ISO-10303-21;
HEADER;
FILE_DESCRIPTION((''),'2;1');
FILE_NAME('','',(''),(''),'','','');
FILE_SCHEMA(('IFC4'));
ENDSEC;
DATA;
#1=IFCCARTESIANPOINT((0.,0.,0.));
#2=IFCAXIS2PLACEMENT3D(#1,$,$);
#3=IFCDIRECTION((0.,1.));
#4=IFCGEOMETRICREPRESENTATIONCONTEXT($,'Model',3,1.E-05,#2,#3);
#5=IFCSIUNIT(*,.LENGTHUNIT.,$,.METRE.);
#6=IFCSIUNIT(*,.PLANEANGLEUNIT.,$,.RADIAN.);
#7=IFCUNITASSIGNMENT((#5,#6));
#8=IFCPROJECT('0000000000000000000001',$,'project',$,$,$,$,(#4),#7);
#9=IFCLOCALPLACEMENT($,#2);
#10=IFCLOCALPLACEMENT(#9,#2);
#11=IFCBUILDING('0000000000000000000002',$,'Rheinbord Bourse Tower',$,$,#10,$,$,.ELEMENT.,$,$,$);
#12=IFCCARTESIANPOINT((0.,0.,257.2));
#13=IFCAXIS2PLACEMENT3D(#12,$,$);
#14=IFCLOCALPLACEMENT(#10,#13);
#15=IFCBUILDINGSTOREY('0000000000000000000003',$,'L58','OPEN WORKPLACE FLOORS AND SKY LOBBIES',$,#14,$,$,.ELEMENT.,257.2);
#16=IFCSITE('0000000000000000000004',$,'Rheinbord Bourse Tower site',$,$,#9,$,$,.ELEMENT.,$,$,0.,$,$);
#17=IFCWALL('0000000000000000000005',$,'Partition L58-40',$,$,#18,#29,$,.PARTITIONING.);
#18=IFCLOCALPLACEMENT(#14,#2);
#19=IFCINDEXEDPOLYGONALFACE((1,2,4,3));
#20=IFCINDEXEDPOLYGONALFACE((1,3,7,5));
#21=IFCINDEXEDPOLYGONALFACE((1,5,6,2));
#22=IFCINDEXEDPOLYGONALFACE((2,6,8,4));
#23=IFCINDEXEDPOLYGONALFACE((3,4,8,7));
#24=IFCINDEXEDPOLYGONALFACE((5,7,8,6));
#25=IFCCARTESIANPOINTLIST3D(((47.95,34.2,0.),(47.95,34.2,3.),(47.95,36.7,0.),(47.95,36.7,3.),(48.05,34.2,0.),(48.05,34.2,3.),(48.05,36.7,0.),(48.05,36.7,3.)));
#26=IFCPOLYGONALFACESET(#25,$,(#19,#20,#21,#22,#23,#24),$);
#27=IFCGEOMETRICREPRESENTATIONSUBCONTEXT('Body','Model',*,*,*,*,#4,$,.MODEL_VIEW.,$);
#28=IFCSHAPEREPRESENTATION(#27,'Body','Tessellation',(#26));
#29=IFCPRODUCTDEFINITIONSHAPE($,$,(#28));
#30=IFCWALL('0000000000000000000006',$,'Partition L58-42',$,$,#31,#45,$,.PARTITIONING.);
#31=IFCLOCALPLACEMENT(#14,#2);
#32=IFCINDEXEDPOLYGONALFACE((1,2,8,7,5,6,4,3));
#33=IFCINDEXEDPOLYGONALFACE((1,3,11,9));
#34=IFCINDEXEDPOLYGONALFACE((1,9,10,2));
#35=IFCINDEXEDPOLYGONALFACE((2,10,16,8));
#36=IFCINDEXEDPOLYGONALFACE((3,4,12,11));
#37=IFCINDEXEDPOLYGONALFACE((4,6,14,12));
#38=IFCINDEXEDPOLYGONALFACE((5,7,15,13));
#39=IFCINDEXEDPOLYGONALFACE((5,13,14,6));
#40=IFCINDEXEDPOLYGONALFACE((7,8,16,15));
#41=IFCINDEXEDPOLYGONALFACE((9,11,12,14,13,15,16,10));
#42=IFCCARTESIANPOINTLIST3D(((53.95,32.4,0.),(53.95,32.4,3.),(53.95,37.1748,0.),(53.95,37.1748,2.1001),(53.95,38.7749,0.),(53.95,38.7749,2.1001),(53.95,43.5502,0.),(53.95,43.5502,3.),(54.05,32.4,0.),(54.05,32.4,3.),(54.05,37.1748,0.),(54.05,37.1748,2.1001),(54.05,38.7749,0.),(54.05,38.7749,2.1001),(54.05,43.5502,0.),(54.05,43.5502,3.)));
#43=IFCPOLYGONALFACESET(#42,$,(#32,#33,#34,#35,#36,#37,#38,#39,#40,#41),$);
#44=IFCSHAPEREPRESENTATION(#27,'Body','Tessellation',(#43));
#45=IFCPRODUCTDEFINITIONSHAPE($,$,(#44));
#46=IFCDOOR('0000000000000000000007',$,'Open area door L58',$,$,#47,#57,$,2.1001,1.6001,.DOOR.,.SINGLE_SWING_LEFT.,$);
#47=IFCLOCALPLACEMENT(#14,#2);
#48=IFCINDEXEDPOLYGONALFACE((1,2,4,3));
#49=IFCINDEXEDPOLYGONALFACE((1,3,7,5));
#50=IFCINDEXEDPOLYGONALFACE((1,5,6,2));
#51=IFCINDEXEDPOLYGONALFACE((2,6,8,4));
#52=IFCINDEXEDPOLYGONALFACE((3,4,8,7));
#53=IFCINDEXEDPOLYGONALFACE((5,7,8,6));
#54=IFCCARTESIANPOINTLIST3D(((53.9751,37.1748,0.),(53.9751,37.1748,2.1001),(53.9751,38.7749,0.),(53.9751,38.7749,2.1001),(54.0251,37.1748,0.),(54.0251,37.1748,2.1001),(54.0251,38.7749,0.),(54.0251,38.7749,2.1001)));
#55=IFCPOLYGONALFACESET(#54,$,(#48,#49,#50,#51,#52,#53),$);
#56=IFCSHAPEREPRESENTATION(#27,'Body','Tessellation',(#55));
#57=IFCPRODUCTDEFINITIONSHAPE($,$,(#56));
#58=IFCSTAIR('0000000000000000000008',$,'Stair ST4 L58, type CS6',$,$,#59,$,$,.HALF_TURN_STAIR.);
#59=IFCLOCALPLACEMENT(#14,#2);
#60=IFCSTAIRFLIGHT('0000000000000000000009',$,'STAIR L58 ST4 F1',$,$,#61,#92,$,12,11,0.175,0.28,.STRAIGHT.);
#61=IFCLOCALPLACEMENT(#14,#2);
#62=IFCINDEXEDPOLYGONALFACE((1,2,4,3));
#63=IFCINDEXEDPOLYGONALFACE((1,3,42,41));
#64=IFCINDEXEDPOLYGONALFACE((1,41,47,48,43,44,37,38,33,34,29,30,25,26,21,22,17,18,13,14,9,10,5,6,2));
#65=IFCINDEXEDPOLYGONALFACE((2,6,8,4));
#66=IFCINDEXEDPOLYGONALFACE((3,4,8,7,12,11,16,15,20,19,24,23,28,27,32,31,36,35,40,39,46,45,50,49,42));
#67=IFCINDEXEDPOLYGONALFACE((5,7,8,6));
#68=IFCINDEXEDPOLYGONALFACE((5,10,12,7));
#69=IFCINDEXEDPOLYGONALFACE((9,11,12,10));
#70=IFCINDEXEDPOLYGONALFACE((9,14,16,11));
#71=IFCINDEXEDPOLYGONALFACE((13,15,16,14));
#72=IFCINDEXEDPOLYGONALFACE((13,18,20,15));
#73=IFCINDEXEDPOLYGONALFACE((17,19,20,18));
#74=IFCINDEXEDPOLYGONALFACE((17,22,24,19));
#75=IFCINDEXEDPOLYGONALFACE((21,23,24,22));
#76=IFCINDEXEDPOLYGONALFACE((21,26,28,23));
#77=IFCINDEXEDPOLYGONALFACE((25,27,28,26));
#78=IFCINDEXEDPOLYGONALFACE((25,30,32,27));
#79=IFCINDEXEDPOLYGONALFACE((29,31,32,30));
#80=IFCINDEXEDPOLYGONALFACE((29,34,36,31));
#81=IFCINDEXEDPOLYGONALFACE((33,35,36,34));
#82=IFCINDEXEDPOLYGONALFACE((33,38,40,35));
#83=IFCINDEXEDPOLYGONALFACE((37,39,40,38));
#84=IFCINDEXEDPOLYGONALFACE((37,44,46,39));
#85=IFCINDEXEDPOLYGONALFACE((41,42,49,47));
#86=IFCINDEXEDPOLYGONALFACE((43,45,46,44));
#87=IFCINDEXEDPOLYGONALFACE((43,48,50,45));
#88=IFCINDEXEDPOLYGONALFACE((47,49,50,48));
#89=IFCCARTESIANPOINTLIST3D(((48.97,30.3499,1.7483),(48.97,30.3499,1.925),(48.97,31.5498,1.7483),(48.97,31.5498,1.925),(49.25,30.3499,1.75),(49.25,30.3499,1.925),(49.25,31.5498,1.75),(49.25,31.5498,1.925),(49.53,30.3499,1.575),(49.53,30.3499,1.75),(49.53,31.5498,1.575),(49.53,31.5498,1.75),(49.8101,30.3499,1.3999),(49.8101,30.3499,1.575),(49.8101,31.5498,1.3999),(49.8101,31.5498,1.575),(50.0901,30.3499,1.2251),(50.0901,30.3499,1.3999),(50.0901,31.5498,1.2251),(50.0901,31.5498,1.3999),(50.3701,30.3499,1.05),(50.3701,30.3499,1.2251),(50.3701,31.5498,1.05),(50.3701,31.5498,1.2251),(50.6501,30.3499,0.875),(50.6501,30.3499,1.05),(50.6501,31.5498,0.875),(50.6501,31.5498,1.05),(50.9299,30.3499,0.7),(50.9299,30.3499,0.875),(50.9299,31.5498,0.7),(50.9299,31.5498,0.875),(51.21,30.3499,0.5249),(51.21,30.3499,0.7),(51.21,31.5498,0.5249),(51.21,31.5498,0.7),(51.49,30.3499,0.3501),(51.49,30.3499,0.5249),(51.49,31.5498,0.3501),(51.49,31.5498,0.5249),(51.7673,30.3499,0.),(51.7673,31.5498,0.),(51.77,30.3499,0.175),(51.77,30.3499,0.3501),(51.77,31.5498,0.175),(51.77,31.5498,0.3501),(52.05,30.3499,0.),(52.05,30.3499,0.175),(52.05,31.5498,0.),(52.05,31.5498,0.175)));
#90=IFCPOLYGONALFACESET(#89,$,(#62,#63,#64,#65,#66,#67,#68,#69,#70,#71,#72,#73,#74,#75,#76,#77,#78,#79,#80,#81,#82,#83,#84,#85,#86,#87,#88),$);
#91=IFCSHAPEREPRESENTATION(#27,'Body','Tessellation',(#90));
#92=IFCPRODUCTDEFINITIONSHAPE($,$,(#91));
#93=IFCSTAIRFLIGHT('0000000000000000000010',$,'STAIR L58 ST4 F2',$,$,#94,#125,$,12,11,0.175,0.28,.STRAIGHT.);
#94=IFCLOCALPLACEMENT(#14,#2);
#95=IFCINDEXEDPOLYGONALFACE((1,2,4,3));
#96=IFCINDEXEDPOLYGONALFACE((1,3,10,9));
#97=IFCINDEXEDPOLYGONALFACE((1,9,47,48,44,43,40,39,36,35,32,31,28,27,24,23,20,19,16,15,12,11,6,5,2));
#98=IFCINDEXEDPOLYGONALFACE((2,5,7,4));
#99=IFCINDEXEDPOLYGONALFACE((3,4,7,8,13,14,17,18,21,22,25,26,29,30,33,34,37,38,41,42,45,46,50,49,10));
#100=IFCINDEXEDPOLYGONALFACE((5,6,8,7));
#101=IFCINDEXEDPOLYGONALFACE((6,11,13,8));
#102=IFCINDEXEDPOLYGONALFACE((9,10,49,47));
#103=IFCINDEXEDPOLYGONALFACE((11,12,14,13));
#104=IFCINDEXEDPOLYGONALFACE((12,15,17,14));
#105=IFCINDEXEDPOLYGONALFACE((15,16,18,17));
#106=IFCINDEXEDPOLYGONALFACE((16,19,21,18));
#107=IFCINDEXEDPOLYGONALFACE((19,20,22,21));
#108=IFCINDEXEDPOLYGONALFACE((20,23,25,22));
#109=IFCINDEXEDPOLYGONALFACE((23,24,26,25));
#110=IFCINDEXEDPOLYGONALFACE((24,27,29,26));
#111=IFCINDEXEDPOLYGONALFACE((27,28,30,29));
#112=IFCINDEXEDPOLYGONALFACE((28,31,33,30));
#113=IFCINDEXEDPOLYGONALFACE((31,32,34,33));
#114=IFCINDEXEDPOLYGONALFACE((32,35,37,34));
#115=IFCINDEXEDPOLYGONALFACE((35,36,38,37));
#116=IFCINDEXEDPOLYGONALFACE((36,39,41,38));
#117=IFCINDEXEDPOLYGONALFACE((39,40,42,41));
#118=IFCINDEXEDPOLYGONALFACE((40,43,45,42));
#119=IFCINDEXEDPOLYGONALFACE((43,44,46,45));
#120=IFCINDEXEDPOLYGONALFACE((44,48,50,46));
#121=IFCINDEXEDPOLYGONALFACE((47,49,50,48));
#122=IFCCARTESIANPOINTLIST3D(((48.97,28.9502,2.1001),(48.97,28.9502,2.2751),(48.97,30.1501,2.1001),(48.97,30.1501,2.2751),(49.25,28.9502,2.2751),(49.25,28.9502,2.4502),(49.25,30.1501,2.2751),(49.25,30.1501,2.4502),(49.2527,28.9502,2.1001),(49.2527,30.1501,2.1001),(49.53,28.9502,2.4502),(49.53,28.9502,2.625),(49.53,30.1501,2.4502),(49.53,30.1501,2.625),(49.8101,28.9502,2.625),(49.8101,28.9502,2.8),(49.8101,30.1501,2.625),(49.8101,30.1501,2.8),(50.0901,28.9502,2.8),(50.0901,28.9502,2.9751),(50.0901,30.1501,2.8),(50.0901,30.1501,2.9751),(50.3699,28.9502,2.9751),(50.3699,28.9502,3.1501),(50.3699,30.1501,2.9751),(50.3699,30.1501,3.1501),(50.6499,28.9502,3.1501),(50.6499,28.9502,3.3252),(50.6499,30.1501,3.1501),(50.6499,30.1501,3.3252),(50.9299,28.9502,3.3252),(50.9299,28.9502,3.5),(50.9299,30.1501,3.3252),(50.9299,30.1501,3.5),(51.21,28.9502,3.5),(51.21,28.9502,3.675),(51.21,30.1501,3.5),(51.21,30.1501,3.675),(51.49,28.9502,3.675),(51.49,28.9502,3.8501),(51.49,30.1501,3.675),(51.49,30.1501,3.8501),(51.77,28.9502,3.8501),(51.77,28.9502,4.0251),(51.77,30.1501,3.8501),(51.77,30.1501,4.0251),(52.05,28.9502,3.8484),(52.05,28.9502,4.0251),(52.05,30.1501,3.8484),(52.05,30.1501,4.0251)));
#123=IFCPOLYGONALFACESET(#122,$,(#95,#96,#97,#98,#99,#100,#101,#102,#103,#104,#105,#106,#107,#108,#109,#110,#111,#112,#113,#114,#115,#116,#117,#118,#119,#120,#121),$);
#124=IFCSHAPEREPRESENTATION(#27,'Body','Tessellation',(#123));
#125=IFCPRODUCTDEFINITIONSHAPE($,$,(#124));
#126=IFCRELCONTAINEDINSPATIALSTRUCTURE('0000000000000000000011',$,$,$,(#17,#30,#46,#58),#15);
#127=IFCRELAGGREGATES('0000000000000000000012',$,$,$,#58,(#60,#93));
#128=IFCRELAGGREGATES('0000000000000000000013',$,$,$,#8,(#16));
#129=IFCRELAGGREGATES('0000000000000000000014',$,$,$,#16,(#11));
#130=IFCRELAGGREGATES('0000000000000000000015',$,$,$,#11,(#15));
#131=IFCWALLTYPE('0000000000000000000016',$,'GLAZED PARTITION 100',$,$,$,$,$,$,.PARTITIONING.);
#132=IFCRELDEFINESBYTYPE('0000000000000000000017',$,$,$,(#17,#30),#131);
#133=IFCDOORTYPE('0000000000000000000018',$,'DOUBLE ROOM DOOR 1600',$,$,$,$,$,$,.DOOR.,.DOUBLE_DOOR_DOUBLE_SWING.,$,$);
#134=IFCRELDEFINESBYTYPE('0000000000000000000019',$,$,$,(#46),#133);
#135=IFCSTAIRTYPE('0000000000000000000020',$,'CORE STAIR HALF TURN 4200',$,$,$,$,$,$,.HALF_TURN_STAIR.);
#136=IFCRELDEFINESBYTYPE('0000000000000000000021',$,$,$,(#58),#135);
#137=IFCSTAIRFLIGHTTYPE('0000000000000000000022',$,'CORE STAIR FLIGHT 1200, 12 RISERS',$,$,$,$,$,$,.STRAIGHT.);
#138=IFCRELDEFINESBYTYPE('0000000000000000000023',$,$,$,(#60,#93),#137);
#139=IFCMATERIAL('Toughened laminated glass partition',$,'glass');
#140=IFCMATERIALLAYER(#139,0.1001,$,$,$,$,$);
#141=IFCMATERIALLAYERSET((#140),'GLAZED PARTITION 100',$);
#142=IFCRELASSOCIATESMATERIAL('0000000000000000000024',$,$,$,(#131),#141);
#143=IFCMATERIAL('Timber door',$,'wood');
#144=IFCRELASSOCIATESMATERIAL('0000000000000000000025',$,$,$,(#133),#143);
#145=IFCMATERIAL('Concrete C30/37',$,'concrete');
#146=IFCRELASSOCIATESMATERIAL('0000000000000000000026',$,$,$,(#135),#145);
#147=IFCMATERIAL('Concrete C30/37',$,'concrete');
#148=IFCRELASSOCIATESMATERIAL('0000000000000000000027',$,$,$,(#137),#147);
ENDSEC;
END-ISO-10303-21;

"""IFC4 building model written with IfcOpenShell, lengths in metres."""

from ifc_helpers import new_model, si_unit, direction, frame, frame_2d, origin, place, context, subcontext, project, spatial, polyline, rectangle, outline, extrude, material, layer, layer_set, type_object, element, fill, aggregate, save


model = new_model("IFC4")

# Units and contexts
model_context = context("Model", 3, precision=1e-05, world=origin(), true_north=direction((0.0, 1.0)))
body_context = subcontext(model_context, "Body", "Model", "MODEL_VIEW")
ifc_project = project(units=[si_unit("LENGTHUNIT", "METRE"), si_unit("PLANEANGLEUNIT", "RADIAN")], contexts=[model_context])

# Site, building, storey
site_placement = place(None, origin())
site = spatial("IfcSite", under=ifc_project, at=site_placement, Name="Rheinbord Bourse Tower site", CompositionType="ELEMENT", RefElevation=0.0)
building_placement = place(site_placement, origin())
building = spatial("IfcBuilding", under=site, at=building_placement, Name="Rheinbord Bourse Tower", CompositionType="ELEMENT")
storey_placement = place(building_placement, frame((0.0, 0.0, 257.2)))
storey = spatial("IfcBuildingStorey", under=building, at=storey_placement, Name="L58", Description="OPEN WORKPLACE FLOORS AND SKY LOBBIES", CompositionType="ELEMENT", Elevation=257.2)

# Wall
ifc_material_1 = material(Name="Toughened laminated glass partition", Category="glass")
ifc_layer_1 = layer(ifc_material_1, 0.1001)
ifc_layer_set_1 = layer_set([ifc_layer_1], Name="GLAZED PARTITION 100")
wall_type_1 = type_object("IfcWallType", Name="GLAZED PARTITION 100", PredefinedType="PARTITIONING", material=ifc_layer_set_1)
for number, where, z_axis, x_axis, name in (
    (1, (48.0, 34.2, 0.0), (0.0, 0.0, 1.0), (0.0, 1.0, 0.0), "Partition L58-40"),
):
    element("IfcWall", number, at=place(storey_placement, frame(where, z_axis=z_axis, x_axis=x_axis)), inside=storey, type_object=wall_type_1, Name=name, PredefinedType="PARTITIONING", context=body_context, shape_type="SweptSolid", body=[
        extrude(rectangle(XDim=2.5, YDim=0.1001, at=frame_2d((1.25, 0.0))), origin(), (0.0, 0.0, 1.0), 3.0),
    ])

# Wall, opening, door
wall_1_placement = place(storey_placement, frame((54.0, 32.3999, 0.0), z_axis=(0.0, 0.0, 1.0), x_axis=(0.0, 1.0, 0.0)))
wall_1 = element("IfcWall", 2, at=wall_1_placement, inside=storey, type_object=wall_type_1, Name="Partition L58-42", PredefinedType="PARTITIONING", context=body_context, shape_type="SweptSolid", body=[
    extrude(rectangle(XDim=11.1501, YDim=0.1001, at=frame_2d((5.5752, 0.0))), origin(), (0.0, 0.0, 1.0), 3.0),
])
opening_1_placement = place(wall_1_placement, frame((4.7749, 0.0, 0.0)))
opening_1 = element("IfcOpeningElement", 3, at=opening_1_placement, cuts=wall_1, PredefinedType="OPENING", context=body_context, shape_type="SweptSolid", body=[
    extrude(rectangle(XDim=1.6001, YDim=2.1001, at=frame_2d((0.8, 1.05))), frame((0.0, 0.0601, 0.0), z_axis=(0.0, -1.0, 0.0), x_axis=(1.0, 0.0, 0.0)), (0.0, 0.0, 1.0), 0.1201),
])
ifc_material_2 = material(Name="Timber door", Category="wood")
door_type_1 = type_object("IfcDoorType", Name="DOUBLE ROOM DOOR 1600", OperationType="DOUBLE_DOOR_DOUBLE_SWING", PredefinedType="DOOR", material=ifc_material_2)
door_1_placement = place(opening_1_placement, origin())
door_1 = element("IfcDoor", 4, at=door_1_placement, inside=storey, type_object=door_type_1, Name="Open area door L58", OperationType="SINGLE_SWING_LEFT", OverallHeight=2.1001, OverallWidth=1.6001, PredefinedType="DOOR", context=body_context, shape_type="SweptSolid", body=[
    extrude(rectangle(XDim=1.6001, YDim=2.1001, at=frame_2d((0.8, 1.05))), frame((0.0, 0.0249, 0.0), z_axis=(0.0, -1.0, 0.0), x_axis=(1.0, 0.0, 0.0)), (0.0, 0.0, 1.0), 0.05),
])
fill(opening_1, door_1)

# Stair, stair flights
ifc_material_3 = material(Name="Concrete C30/37", Category="concrete")
stair_type = type_object("IfcStairType", Name="CORE STAIR HALF TURN 4200", PredefinedType="HALF_TURN_STAIR", material=ifc_material_3)
stair_placement = place(storey_placement, origin())
stair = element("IfcStair", 5, at=stair_placement, inside=storey, type_object=stair_type, Name="Stair ST4 L58, type CS6", PredefinedType="HALF_TURN_STAIR")
ifc_material_4 = material(Name="Concrete C30/37", Category="concrete")
stair_flight_type = type_object("IfcStairFlightType", Name="CORE STAIR FLIGHT 1200, 12 RISERS", PredefinedType="STRAIGHT", material=ifc_material_4)
stair_flight_1_placement = place(storey_placement, frame((52.05, 30.95, 0.0), z_axis=(0.0, 0.0, 1.0), x_axis=(-1.0, 0.0, 0.0)))
stair_flight_1 = element("IfcStairFlight", 6, at=stair_flight_1_placement, type_object=stair_flight_type, Name="STAIR L58 ST4 F1", NumberOfRisers=12, NumberOfTreads=11, PredefinedType="STRAIGHT", RiserHeight=0.175, TreadLength=0.28, context=body_context, shape_type="SweptSolid", body=[
    extrude(outline(polyline([(0.0, 0.0), (0.0, 0.175), (0.28, 0.175), (0.28, 0.3501), (0.5601, 0.3501), (0.5601, 0.5249), (0.8401, 0.5249), (0.8401, 0.7), (1.1201, 0.7), (1.1201, 0.875), (1.3999, 0.875), (1.3999, 1.05), (1.6799, 1.05), (1.6799, 1.2251), (1.96, 1.2251), (1.96, 1.3999), (2.24, 1.3999), (2.24, 1.575), (2.52, 1.575), (2.52, 1.75), (2.8, 1.75), (2.8, 1.925), (3.0801, 1.925), (3.0801, 2.1001), (3.0801, 1.7483), (0.2827, 0.0), (0.0, 0.0)])), frame((0.0, 0.6001, 0.0), z_axis=(0.0, -1.0, 0.0), x_axis=(1.0, 0.0, 0.0)), (0.0, 0.0, 1.0), 1.2),
])
stair_flight_2_placement = place(storey_placement, frame((48.97, 29.55, 2.1001), z_axis=(0.0, 0.0, 1.0), x_axis=(1.0, 0.0, 0.0)))
stair_flight_2 = element("IfcStairFlight", 7, at=stair_flight_2_placement, type_object=stair_flight_type, Name="STAIR L58 ST4 F2", NumberOfRisers=12, NumberOfTreads=11, PredefinedType="STRAIGHT", RiserHeight=0.175, TreadLength=0.28, context=body_context, shape_type="SweptSolid", body=[
    extrude(outline(polyline([(0.0, 0.0), (0.0, 0.175), (0.28, 0.175), (0.28, 0.3501), (0.5601, 0.3501), (0.5601, 0.5249), (0.8401, 0.5249), (0.8401, 0.7), (1.1201, 0.7), (1.1201, 0.875), (1.3999, 0.875), (1.3999, 1.05), (1.6799, 1.05), (1.6799, 1.2251), (1.96, 1.2251), (1.96, 1.3999), (2.24, 1.3999), (2.24, 1.575), (2.52, 1.575), (2.52, 1.75), (2.8, 1.75), (2.8, 1.925), (3.0801, 1.925), (3.0801, 2.1001), (3.0801, 1.7483), (0.2827, 0.0), (0.0, 0.0)])), frame((0.0, 0.6001, 0.0), z_axis=(0.0, -1.0, 0.0), x_axis=(1.0, 0.0, 0.0)), (0.0, 0.0, 1.0), 1.2),
])
aggregate(stair, [stair_flight_1, stair_flight_2])

save(model, "model.ifc")
